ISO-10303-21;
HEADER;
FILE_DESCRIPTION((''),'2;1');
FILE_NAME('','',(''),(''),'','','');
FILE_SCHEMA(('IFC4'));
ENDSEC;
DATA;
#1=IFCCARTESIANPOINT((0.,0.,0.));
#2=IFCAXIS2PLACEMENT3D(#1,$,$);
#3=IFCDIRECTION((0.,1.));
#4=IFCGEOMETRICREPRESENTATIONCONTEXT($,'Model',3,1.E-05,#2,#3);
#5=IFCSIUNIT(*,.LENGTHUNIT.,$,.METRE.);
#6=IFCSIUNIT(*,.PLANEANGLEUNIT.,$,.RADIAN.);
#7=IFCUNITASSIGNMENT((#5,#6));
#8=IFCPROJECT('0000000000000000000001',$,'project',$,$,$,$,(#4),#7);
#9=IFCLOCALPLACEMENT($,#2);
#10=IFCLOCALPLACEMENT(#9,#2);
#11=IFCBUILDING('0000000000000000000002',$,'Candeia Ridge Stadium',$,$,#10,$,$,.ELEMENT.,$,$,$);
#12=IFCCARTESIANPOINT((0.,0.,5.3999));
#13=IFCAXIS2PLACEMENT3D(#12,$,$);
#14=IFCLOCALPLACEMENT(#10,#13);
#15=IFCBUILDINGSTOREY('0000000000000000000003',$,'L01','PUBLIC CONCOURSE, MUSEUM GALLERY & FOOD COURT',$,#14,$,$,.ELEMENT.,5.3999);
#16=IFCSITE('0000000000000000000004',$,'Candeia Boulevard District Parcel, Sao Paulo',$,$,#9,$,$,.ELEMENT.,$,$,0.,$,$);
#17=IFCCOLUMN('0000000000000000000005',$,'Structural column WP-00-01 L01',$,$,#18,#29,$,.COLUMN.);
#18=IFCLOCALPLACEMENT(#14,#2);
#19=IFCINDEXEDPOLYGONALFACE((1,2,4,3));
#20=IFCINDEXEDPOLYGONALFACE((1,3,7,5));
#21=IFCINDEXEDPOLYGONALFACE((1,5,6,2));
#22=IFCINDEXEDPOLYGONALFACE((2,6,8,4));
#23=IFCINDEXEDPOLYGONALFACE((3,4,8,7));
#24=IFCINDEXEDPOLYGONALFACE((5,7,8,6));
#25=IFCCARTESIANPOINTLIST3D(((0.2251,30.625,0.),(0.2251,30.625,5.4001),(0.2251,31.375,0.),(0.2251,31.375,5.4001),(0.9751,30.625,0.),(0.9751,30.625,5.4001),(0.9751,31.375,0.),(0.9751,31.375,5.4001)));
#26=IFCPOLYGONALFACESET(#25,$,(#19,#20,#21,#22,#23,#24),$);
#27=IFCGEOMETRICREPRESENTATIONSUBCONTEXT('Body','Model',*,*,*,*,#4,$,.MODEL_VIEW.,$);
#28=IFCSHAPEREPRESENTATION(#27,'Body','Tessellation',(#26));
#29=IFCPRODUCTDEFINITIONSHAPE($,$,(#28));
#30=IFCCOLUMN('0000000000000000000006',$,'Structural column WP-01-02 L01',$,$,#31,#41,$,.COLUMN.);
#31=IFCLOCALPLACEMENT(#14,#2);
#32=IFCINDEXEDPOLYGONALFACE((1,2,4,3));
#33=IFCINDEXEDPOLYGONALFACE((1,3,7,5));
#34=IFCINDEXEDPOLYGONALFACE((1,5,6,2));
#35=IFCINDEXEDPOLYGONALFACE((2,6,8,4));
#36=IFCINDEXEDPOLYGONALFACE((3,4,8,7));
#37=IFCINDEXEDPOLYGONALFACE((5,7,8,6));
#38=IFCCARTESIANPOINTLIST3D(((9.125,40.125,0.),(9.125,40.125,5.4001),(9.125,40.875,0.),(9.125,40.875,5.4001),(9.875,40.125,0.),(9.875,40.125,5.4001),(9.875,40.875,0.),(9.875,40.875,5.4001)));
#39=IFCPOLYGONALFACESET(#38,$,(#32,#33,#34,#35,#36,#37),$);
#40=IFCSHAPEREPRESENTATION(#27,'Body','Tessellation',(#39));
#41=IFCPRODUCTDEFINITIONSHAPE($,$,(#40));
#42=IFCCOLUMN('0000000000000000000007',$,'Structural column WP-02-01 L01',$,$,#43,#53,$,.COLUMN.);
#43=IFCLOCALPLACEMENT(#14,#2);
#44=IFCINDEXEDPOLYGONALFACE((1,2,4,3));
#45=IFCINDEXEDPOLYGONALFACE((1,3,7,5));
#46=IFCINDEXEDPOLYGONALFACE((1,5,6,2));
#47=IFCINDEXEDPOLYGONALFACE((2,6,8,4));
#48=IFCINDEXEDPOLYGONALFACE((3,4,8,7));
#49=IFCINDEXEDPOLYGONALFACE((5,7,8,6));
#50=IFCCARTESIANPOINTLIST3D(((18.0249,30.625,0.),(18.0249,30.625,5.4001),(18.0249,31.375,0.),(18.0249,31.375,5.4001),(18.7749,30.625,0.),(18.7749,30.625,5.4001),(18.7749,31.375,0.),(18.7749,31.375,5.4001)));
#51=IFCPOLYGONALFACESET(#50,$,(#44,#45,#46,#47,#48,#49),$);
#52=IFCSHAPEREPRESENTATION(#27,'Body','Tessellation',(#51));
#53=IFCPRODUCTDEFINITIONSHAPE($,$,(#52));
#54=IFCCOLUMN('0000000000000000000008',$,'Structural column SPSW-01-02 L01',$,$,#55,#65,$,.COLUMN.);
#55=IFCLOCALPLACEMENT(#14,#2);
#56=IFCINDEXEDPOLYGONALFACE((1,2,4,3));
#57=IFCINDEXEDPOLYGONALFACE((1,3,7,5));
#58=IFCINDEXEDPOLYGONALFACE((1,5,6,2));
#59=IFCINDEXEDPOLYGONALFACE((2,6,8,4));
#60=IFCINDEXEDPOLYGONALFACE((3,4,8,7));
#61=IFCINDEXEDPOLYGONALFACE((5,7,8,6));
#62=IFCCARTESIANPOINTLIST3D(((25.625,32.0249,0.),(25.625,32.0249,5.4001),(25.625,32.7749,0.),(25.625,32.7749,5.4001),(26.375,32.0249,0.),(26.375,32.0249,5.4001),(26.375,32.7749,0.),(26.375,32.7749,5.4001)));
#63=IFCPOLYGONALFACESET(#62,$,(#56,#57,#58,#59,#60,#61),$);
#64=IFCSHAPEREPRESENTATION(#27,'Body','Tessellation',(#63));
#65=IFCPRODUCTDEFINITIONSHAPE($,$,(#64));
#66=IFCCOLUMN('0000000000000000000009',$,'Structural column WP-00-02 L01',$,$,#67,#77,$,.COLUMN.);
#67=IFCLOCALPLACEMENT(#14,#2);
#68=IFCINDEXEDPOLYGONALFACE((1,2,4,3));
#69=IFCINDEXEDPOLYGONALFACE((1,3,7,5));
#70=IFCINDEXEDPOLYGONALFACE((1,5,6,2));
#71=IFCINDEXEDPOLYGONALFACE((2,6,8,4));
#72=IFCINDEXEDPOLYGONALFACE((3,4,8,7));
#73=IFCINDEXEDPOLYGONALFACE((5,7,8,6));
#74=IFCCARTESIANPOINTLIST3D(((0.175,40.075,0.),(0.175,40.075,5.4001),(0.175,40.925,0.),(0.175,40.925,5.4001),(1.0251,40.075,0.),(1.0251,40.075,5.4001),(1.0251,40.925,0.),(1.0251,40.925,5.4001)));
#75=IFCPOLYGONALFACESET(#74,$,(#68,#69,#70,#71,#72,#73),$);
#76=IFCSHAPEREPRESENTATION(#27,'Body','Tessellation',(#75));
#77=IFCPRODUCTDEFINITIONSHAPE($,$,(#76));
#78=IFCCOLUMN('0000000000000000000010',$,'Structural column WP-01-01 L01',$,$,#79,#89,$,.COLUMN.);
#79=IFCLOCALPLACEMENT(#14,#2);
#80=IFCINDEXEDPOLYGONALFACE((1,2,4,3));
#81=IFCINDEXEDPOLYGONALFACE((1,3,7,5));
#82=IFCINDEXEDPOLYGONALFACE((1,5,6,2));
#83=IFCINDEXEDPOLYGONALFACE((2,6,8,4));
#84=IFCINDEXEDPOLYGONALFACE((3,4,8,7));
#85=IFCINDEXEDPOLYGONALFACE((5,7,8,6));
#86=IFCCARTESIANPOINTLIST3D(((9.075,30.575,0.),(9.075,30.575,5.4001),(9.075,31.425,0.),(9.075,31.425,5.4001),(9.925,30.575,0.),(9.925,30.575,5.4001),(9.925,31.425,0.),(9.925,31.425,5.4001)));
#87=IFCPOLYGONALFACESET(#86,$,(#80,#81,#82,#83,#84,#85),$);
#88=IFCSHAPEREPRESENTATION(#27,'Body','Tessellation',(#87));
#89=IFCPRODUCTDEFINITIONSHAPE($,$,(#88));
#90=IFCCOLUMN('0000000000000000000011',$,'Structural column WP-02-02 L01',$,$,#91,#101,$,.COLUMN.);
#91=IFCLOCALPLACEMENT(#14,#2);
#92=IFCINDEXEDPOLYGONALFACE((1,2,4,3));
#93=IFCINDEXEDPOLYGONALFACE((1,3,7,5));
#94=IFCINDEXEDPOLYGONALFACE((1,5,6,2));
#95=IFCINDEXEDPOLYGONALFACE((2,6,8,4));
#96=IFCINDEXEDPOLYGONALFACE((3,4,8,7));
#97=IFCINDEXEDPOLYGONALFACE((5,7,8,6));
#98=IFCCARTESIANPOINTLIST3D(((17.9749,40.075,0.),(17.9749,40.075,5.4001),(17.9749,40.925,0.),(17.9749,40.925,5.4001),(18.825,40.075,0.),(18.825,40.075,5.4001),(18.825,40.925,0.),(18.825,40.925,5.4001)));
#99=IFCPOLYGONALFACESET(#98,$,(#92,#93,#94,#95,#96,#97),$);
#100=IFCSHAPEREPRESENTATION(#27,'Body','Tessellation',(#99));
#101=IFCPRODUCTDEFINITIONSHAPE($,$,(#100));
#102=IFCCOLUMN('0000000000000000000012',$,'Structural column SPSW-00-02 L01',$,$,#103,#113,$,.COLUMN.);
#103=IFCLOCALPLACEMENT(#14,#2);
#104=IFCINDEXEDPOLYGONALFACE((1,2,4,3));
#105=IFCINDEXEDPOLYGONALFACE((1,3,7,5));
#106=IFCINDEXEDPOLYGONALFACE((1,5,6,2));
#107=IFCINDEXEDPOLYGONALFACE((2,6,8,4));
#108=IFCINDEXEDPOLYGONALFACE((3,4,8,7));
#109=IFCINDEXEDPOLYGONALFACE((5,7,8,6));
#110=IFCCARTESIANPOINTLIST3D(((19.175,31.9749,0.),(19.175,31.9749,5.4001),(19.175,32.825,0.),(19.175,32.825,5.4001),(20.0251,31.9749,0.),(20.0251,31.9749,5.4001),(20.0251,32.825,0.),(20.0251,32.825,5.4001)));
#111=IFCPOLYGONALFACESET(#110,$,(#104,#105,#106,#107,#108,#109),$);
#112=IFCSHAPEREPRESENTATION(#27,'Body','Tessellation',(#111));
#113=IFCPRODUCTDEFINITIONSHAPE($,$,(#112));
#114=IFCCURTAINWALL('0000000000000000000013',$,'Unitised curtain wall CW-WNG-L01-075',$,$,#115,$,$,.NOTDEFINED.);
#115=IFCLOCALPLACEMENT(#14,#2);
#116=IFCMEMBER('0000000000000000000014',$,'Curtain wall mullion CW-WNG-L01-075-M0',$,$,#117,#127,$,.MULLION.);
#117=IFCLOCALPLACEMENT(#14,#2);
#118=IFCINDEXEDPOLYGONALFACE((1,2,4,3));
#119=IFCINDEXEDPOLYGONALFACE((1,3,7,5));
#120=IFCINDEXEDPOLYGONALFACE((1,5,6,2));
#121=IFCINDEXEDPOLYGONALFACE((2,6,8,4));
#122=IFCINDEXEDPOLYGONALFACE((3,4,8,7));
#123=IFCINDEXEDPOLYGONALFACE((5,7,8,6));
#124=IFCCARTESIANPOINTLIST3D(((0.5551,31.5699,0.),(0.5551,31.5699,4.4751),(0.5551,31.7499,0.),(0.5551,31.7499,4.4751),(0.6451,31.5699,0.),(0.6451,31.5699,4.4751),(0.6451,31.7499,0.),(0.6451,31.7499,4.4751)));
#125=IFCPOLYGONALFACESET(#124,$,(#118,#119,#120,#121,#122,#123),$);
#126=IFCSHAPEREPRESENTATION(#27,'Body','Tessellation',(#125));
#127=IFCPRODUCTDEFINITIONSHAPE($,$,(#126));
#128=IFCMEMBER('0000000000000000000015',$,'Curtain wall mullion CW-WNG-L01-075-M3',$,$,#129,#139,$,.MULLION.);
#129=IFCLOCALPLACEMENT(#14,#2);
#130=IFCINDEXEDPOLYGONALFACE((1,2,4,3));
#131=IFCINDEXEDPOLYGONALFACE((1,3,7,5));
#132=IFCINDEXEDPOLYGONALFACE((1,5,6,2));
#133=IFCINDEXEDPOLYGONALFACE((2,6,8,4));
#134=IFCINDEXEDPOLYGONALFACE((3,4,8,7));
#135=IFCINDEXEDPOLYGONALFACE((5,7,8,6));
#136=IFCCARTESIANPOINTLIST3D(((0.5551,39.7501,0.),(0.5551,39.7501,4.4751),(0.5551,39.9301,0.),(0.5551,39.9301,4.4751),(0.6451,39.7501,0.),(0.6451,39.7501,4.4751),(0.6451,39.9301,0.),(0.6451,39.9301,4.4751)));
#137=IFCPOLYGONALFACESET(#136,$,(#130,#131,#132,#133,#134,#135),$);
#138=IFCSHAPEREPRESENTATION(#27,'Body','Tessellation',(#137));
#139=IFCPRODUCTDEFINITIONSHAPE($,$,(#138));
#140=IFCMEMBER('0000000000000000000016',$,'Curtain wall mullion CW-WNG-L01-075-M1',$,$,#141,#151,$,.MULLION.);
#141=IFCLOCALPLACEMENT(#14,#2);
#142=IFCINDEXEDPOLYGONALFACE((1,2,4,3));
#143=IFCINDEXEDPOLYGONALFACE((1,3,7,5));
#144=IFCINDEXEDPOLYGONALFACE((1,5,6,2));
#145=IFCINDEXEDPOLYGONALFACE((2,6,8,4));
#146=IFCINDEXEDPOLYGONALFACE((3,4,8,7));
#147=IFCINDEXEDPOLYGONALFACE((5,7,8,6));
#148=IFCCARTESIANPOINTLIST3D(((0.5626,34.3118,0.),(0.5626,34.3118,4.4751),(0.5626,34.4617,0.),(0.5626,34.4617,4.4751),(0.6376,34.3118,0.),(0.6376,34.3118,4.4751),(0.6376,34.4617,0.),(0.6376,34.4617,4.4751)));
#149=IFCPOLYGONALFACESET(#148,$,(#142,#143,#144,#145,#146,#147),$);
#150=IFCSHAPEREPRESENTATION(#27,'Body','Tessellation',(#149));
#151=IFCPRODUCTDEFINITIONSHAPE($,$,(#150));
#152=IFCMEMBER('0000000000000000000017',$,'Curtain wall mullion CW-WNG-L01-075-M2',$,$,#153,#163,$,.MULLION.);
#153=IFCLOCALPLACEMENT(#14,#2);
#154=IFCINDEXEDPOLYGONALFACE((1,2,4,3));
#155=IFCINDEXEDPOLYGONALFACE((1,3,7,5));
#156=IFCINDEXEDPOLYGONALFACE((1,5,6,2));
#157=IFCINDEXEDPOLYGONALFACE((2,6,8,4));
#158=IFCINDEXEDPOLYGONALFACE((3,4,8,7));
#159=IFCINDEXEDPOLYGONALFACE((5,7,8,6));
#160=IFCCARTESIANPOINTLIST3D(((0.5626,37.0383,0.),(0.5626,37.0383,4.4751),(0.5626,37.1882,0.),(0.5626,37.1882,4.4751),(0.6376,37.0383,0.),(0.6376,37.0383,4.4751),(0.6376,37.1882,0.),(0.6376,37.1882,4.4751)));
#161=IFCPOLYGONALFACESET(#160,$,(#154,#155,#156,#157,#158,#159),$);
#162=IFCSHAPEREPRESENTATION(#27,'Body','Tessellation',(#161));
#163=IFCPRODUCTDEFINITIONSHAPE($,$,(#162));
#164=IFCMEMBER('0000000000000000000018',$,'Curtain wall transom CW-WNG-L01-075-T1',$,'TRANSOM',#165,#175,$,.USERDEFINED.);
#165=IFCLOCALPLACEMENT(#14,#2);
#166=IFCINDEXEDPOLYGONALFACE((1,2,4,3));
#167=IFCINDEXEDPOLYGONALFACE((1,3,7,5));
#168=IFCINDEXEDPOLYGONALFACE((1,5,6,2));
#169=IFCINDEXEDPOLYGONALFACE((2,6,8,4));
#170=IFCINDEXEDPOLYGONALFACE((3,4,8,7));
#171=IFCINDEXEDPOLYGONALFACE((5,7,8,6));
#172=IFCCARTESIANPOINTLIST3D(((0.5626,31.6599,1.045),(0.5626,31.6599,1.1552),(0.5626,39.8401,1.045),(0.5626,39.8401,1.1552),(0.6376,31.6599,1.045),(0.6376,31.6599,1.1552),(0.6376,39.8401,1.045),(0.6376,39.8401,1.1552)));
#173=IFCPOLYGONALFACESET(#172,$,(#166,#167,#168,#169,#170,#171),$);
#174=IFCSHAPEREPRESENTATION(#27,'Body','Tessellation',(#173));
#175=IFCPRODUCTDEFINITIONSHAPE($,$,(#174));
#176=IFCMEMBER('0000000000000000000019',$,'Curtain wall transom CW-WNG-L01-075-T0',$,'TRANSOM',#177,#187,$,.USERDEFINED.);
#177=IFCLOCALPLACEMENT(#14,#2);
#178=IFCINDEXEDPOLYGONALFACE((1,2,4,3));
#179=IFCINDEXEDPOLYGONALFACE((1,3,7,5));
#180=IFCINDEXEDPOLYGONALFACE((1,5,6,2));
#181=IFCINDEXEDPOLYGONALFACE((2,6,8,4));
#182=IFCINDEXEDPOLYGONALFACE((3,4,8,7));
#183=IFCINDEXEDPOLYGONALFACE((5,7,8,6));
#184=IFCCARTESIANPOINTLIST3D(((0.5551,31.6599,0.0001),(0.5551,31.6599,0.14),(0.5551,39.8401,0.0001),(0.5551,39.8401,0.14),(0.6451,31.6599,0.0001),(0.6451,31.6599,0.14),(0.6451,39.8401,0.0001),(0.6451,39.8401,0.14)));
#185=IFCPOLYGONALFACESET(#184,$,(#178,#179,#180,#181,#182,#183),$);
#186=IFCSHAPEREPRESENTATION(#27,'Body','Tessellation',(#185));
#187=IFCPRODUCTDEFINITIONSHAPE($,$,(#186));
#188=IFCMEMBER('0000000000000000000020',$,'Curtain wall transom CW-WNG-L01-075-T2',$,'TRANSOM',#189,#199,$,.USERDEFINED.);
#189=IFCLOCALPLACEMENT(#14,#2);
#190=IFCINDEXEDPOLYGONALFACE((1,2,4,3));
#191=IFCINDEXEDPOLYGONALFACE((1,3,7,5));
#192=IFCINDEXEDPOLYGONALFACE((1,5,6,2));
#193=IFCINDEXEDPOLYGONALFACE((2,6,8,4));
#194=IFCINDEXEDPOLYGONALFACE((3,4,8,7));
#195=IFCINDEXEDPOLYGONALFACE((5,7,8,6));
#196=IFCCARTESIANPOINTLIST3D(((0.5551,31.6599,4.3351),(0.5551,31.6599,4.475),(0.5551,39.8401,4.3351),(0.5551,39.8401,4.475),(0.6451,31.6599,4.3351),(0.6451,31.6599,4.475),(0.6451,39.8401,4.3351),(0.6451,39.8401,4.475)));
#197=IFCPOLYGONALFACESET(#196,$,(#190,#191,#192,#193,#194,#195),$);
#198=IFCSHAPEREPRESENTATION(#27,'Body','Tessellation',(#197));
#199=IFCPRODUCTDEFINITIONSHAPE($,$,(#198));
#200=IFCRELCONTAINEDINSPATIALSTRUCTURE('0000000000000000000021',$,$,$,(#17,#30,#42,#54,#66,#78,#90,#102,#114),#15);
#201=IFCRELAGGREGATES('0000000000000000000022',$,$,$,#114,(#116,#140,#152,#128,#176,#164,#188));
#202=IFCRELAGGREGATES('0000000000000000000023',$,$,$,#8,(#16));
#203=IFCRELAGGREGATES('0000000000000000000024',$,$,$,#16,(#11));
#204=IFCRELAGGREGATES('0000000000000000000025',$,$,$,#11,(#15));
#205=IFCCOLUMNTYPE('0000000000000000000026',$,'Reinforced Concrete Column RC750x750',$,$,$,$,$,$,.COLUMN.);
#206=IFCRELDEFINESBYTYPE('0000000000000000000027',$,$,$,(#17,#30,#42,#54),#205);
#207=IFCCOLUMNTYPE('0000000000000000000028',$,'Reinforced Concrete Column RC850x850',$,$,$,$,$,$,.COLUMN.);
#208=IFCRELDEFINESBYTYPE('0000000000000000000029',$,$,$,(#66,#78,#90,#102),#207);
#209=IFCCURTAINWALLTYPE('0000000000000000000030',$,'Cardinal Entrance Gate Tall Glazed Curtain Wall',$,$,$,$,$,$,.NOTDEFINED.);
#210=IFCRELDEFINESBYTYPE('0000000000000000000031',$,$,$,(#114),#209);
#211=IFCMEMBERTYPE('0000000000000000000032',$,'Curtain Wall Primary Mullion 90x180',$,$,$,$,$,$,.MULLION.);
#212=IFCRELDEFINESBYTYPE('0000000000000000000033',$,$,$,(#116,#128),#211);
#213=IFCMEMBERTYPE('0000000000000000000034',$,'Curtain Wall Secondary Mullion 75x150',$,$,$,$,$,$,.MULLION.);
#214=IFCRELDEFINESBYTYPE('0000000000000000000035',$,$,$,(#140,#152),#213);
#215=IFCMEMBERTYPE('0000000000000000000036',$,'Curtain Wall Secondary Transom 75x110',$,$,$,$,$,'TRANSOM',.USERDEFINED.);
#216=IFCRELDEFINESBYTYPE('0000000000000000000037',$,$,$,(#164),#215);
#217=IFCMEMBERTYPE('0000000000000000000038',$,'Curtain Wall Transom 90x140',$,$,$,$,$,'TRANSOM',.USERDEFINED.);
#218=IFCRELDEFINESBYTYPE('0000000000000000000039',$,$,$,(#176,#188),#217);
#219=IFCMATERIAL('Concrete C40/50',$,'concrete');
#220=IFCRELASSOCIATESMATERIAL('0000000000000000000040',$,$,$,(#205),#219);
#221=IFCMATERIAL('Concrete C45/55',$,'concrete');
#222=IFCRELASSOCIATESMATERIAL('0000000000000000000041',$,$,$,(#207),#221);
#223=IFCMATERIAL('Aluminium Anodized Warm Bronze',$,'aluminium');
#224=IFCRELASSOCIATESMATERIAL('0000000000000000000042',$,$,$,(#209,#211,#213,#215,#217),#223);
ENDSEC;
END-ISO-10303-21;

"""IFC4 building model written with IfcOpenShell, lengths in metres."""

from ifc_helpers import new_model, si_unit, direction, frame, origin, origin_2d, place, context, subcontext, project, spatial, rectangle, extrude, material, material_profile, profile_set, type_object, element, aggregate, save


model = new_model("IFC4")

# Units and contexts
model_context = context("Model", 3, precision=1e-05, world=origin(), true_north=direction((0.0, 1.0)))
body_context = subcontext(model_context, "Body", "Model", "MODEL_VIEW")
ifc_project = project(units=[si_unit("LENGTHUNIT", "METRE"), si_unit("PLANEANGLEUNIT", "RADIAN")], contexts=[model_context])

# Site, building, storey
site_placement = place(None, origin())
site = spatial("IfcSite", under=ifc_project, at=site_placement, Name="Candeia Boulevard District Parcel, Sao Paulo", CompositionType="ELEMENT", RefElevation=0.0)
building_placement = place(site_placement, origin())
building = spatial("IfcBuilding", under=site, at=building_placement, Name="Candeia Ridge Stadium", CompositionType="ELEMENT")
storey_placement = place(building_placement, frame((0.0, 0.0, 5.3999)))
storey = spatial("IfcBuildingStorey", under=building, at=storey_placement, Name="L01", Description="PUBLIC CONCOURSE, MUSEUM GALLERY & FOOD COURT", CompositionType="ELEMENT", Elevation=5.3999)

# Columns
ifc_material_1 = material(Name="Concrete C40/50", Category="concrete")
ifc_material_profile_1 = material_profile(ifc_material_1, rectangle(XDim=0.75, YDim=0.75, at=origin_2d()), Name="RC750x750", Category="concrete")
ifc_profile_set_1 = profile_set([ifc_material_profile_1], Name="Concrete C40/50")
column_type_1 = type_object("IfcColumnType", Name="Reinforced Concrete Column RC750x750", PredefinedType="COLUMN", material=ifc_profile_set_1)
for number, where, z_axis, x_axis, name in (
    (1, (0.6001, 31.0, 0.0), (0.0, 0.0, 1.0), (1.0, 0.0, 0.0), "Structural column WP-00-01 L01"),
    (2, (9.5, 40.5, 0.0), (0.0, 0.0, 1.0), (1.0, 0.0, 0.0), "Structural column WP-01-02 L01"),
    (3, (18.3999, 31.0, 0.0), (0.0, 0.0, 1.0), (1.0, 0.0, 0.0), "Structural column WP-02-01 L01"),
    (4, (26.0, 32.3999, 0.0), (0.0, 0.0, 1.0), (1.0, 0.0, 0.0), "Structural column SPSW-01-02 L01"),
):
    element("IfcColumn", number, at=place(storey_placement, frame(where, z_axis=z_axis, x_axis=x_axis)), inside=storey, type_object=column_type_1, Name=name, PredefinedType="COLUMN", context=body_context, shape_type="SweptSolid", body=[
        extrude(rectangle(XDim=0.75, YDim=0.75, at=origin_2d()), origin(), (0.0, 0.0, 1.0), 5.4001),
    ])
ifc_material_2 = material(Name="Concrete C45/55", Category="concrete")
ifc_material_profile_2 = material_profile(ifc_material_2, rectangle(XDim=0.8501, YDim=0.8501, at=origin_2d()), Name="RC850x850", Category="concrete")
ifc_profile_set_2 = profile_set([ifc_material_profile_2], Name="Concrete C45/55")
column_type_2 = type_object("IfcColumnType", Name="Reinforced Concrete Column RC850x850", PredefinedType="COLUMN", material=ifc_profile_set_2)
for number, where, z_axis, x_axis, name in (
    (5, (0.6001, 40.5, 0.0), (0.0, 0.0, 1.0), (1.0, 0.0, 0.0), "Structural column WP-00-02 L01"),
    (6, (9.5, 31.0, 0.0), (0.0, 0.0, 1.0), (1.0, 0.0, 0.0), "Structural column WP-01-01 L01"),
    (7, (18.3999, 40.5, 0.0), (0.0, 0.0, 1.0), (1.0, 0.0, 0.0), "Structural column WP-02-02 L01"),
    (8, (19.6001, 32.3999, 0.0), (0.0, 0.0, 1.0), (1.0, 0.0, 0.0), "Structural column SPSW-00-02 L01"),
):
    element("IfcColumn", number, at=place(storey_placement, frame(where, z_axis=z_axis, x_axis=x_axis)), inside=storey, type_object=column_type_2, Name=name, PredefinedType="COLUMN", context=body_context, shape_type="SweptSolid", body=[
        extrude(rectangle(XDim=0.8501, YDim=0.8501, at=origin_2d()), origin(), (0.0, 0.0, 1.0), 5.4001),
    ])

# Curtain wall, members
ifc_material_3 = material(Name="Aluminium Anodized Warm Bronze", Category="aluminium")
curtain_wall_type = type_object("IfcCurtainWallType", Name="Cardinal Entrance Gate Tall Glazed Curtain Wall", PredefinedType="NOTDEFINED", material=ifc_material_3)
curtain_wall_placement = place(storey_placement, origin())
curtain_wall = element("IfcCurtainWall", 9, at=curtain_wall_placement, inside=storey, type_object=curtain_wall_type, Name="Unitised curtain wall CW-WNG-L01-075", PredefinedType="NOTDEFINED")
ifc_material_profile_3 = material_profile(ifc_material_3, rectangle(XDim=0.0901, YDim=0.1799, at=origin_2d()), Name="CWM-90x180", Category="aluminium")
ifc_profile_set_3 = profile_set([ifc_material_profile_3], Name="Aluminium Anodized Warm Bronze")
member_type_1 = type_object("IfcMemberType", Name="Curtain Wall Primary Mullion 90x180", PredefinedType="MULLION", material=ifc_profile_set_3)
member_1_placement = place(storey_placement, frame((0.6001, 31.6599, 0.0), z_axis=(0.0, 0.0, 1.0), x_axis=(1.0, 0.0, 0.0)))
member_1 = element("IfcMember", 10, at=member_1_placement, type_object=member_type_1, Name="Curtain wall mullion CW-WNG-L01-075-M0", PredefinedType="MULLION", context=body_context, shape_type="SweptSolid", body=[
    extrude(rectangle(XDim=0.0901, YDim=0.1799, at=origin_2d()), origin(), (0.0, 0.0, 1.0), 4.4751),
])
member_2_placement = place(storey_placement, frame((0.6001, 39.8401, 0.0), z_axis=(0.0, 0.0, 1.0), x_axis=(1.0, 0.0, 0.0)))
member_2 = element("IfcMember", 11, at=member_2_placement, type_object=member_type_1, Name="Curtain wall mullion CW-WNG-L01-075-M3", PredefinedType="MULLION", context=body_context, shape_type="SweptSolid", body=[
    extrude(rectangle(XDim=0.0901, YDim=0.1799, at=origin_2d()), origin(), (0.0, 0.0, 1.0), 4.4751),
])
ifc_material_profile_4 = material_profile(ifc_material_3, rectangle(XDim=0.075, YDim=0.1499, at=origin_2d()), Name="CWM-75x150", Category="aluminium")
ifc_profile_set_4 = profile_set([ifc_material_profile_4], Name="Aluminium Anodized Warm Bronze")
member_type_2 = type_object("IfcMemberType", Name="Curtain Wall Secondary Mullion 75x150", PredefinedType="MULLION", material=ifc_profile_set_4)
member_3_placement = place(storey_placement, frame((0.6001, 34.3867, 0.0), z_axis=(0.0, 0.0, 1.0), x_axis=(1.0, 0.0, 0.0)))
member_3 = element("IfcMember", 12, at=member_3_placement, type_object=member_type_2, Name="Curtain wall mullion CW-WNG-L01-075-M1", PredefinedType="MULLION", context=body_context, shape_type="SweptSolid", body=[
    extrude(rectangle(XDim=0.075, YDim=0.1499, at=origin_2d()), origin(), (0.0, 0.0, 1.0), 4.4751),
])
member_4_placement = place(storey_placement, frame((0.6001, 37.1133, 0.0), z_axis=(0.0, 0.0, 1.0), x_axis=(1.0, 0.0, 0.0)))
member_4 = element("IfcMember", 13, at=member_4_placement, type_object=member_type_2, Name="Curtain wall mullion CW-WNG-L01-075-M2", PredefinedType="MULLION", context=body_context, shape_type="SweptSolid", body=[
    extrude(rectangle(XDim=0.075, YDim=0.1499, at=origin_2d()), origin(), (0.0, 0.0, 1.0), 4.4751),
])
ifc_material_profile_5 = material_profile(ifc_material_3, rectangle(XDim=0.075, YDim=0.1101, at=origin_2d()), Name="CWT-75x110", Category="aluminium")
ifc_profile_set_5 = profile_set([ifc_material_profile_5], Name="Aluminium Anodized Warm Bronze")
member_type_3 = type_object("IfcMemberType", Name="Curtain Wall Secondary Transom 75x110", ElementType="TRANSOM", PredefinedType="USERDEFINED", material=ifc_profile_set_5)
member_5_placement = place(storey_placement, frame((0.6001, 31.6599, 1.1001), z_axis=(0.0, 1.0, 0.0), x_axis=(-1.0, 0.0, 0.0)))
member_5 = element("IfcMember", 14, at=member_5_placement, type_object=member_type_3, Name="Curtain wall transom CW-WNG-L01-075-T1", ObjectType="TRANSOM", PredefinedType="USERDEFINED", context=body_context, shape_type="SweptSolid", body=[
    extrude(rectangle(XDim=0.075, YDim=0.1101, at=origin_2d()), origin(), (0.0, 0.0, 1.0), 8.1802),
])
ifc_material_profile_6 = material_profile(ifc_material_3, rectangle(XDim=0.0901, YDim=0.1399, at=origin_2d()), Name="CWT-90x140", Category="aluminium")
ifc_profile_set_6 = profile_set([ifc_material_profile_6], Name="Aluminium Anodized Warm Bronze")
member_type_4 = type_object("IfcMemberType", Name="Curtain Wall Transom 90x140", ElementType="TRANSOM", PredefinedType="USERDEFINED", material=ifc_profile_set_6)
member_6_placement = place(storey_placement, frame((0.6001, 31.6599, 0.0701), z_axis=(0.0, 1.0, 0.0), x_axis=(-1.0, 0.0, 0.0)))
member_6 = element("IfcMember", 15, at=member_6_placement, type_object=member_type_4, Name="Curtain wall transom CW-WNG-L01-075-T0", ObjectType="TRANSOM", PredefinedType="USERDEFINED", context=body_context, shape_type="SweptSolid", body=[
    extrude(rectangle(XDim=0.0901, YDim=0.1399, at=origin_2d()), origin(), (0.0, 0.0, 1.0), 8.1802),
])
member_7_placement = place(storey_placement, frame((0.6001, 31.6599, 4.405), z_axis=(0.0, 1.0, 0.0), x_axis=(-1.0, 0.0, 0.0)))
member_7 = element("IfcMember", 16, at=member_7_placement, type_object=member_type_4, Name="Curtain wall transom CW-WNG-L01-075-T2", ObjectType="TRANSOM", PredefinedType="USERDEFINED", context=body_context, shape_type="SweptSolid", body=[
    extrude(rectangle(XDim=0.0901, YDim=0.1399, at=origin_2d()), origin(), (0.0, 0.0, 1.0), 8.1802),
])

aggregate(curtain_wall, [member_1, member_3, member_4, member_2, member_6, member_5, member_7])

save(model, "model.ifc")
